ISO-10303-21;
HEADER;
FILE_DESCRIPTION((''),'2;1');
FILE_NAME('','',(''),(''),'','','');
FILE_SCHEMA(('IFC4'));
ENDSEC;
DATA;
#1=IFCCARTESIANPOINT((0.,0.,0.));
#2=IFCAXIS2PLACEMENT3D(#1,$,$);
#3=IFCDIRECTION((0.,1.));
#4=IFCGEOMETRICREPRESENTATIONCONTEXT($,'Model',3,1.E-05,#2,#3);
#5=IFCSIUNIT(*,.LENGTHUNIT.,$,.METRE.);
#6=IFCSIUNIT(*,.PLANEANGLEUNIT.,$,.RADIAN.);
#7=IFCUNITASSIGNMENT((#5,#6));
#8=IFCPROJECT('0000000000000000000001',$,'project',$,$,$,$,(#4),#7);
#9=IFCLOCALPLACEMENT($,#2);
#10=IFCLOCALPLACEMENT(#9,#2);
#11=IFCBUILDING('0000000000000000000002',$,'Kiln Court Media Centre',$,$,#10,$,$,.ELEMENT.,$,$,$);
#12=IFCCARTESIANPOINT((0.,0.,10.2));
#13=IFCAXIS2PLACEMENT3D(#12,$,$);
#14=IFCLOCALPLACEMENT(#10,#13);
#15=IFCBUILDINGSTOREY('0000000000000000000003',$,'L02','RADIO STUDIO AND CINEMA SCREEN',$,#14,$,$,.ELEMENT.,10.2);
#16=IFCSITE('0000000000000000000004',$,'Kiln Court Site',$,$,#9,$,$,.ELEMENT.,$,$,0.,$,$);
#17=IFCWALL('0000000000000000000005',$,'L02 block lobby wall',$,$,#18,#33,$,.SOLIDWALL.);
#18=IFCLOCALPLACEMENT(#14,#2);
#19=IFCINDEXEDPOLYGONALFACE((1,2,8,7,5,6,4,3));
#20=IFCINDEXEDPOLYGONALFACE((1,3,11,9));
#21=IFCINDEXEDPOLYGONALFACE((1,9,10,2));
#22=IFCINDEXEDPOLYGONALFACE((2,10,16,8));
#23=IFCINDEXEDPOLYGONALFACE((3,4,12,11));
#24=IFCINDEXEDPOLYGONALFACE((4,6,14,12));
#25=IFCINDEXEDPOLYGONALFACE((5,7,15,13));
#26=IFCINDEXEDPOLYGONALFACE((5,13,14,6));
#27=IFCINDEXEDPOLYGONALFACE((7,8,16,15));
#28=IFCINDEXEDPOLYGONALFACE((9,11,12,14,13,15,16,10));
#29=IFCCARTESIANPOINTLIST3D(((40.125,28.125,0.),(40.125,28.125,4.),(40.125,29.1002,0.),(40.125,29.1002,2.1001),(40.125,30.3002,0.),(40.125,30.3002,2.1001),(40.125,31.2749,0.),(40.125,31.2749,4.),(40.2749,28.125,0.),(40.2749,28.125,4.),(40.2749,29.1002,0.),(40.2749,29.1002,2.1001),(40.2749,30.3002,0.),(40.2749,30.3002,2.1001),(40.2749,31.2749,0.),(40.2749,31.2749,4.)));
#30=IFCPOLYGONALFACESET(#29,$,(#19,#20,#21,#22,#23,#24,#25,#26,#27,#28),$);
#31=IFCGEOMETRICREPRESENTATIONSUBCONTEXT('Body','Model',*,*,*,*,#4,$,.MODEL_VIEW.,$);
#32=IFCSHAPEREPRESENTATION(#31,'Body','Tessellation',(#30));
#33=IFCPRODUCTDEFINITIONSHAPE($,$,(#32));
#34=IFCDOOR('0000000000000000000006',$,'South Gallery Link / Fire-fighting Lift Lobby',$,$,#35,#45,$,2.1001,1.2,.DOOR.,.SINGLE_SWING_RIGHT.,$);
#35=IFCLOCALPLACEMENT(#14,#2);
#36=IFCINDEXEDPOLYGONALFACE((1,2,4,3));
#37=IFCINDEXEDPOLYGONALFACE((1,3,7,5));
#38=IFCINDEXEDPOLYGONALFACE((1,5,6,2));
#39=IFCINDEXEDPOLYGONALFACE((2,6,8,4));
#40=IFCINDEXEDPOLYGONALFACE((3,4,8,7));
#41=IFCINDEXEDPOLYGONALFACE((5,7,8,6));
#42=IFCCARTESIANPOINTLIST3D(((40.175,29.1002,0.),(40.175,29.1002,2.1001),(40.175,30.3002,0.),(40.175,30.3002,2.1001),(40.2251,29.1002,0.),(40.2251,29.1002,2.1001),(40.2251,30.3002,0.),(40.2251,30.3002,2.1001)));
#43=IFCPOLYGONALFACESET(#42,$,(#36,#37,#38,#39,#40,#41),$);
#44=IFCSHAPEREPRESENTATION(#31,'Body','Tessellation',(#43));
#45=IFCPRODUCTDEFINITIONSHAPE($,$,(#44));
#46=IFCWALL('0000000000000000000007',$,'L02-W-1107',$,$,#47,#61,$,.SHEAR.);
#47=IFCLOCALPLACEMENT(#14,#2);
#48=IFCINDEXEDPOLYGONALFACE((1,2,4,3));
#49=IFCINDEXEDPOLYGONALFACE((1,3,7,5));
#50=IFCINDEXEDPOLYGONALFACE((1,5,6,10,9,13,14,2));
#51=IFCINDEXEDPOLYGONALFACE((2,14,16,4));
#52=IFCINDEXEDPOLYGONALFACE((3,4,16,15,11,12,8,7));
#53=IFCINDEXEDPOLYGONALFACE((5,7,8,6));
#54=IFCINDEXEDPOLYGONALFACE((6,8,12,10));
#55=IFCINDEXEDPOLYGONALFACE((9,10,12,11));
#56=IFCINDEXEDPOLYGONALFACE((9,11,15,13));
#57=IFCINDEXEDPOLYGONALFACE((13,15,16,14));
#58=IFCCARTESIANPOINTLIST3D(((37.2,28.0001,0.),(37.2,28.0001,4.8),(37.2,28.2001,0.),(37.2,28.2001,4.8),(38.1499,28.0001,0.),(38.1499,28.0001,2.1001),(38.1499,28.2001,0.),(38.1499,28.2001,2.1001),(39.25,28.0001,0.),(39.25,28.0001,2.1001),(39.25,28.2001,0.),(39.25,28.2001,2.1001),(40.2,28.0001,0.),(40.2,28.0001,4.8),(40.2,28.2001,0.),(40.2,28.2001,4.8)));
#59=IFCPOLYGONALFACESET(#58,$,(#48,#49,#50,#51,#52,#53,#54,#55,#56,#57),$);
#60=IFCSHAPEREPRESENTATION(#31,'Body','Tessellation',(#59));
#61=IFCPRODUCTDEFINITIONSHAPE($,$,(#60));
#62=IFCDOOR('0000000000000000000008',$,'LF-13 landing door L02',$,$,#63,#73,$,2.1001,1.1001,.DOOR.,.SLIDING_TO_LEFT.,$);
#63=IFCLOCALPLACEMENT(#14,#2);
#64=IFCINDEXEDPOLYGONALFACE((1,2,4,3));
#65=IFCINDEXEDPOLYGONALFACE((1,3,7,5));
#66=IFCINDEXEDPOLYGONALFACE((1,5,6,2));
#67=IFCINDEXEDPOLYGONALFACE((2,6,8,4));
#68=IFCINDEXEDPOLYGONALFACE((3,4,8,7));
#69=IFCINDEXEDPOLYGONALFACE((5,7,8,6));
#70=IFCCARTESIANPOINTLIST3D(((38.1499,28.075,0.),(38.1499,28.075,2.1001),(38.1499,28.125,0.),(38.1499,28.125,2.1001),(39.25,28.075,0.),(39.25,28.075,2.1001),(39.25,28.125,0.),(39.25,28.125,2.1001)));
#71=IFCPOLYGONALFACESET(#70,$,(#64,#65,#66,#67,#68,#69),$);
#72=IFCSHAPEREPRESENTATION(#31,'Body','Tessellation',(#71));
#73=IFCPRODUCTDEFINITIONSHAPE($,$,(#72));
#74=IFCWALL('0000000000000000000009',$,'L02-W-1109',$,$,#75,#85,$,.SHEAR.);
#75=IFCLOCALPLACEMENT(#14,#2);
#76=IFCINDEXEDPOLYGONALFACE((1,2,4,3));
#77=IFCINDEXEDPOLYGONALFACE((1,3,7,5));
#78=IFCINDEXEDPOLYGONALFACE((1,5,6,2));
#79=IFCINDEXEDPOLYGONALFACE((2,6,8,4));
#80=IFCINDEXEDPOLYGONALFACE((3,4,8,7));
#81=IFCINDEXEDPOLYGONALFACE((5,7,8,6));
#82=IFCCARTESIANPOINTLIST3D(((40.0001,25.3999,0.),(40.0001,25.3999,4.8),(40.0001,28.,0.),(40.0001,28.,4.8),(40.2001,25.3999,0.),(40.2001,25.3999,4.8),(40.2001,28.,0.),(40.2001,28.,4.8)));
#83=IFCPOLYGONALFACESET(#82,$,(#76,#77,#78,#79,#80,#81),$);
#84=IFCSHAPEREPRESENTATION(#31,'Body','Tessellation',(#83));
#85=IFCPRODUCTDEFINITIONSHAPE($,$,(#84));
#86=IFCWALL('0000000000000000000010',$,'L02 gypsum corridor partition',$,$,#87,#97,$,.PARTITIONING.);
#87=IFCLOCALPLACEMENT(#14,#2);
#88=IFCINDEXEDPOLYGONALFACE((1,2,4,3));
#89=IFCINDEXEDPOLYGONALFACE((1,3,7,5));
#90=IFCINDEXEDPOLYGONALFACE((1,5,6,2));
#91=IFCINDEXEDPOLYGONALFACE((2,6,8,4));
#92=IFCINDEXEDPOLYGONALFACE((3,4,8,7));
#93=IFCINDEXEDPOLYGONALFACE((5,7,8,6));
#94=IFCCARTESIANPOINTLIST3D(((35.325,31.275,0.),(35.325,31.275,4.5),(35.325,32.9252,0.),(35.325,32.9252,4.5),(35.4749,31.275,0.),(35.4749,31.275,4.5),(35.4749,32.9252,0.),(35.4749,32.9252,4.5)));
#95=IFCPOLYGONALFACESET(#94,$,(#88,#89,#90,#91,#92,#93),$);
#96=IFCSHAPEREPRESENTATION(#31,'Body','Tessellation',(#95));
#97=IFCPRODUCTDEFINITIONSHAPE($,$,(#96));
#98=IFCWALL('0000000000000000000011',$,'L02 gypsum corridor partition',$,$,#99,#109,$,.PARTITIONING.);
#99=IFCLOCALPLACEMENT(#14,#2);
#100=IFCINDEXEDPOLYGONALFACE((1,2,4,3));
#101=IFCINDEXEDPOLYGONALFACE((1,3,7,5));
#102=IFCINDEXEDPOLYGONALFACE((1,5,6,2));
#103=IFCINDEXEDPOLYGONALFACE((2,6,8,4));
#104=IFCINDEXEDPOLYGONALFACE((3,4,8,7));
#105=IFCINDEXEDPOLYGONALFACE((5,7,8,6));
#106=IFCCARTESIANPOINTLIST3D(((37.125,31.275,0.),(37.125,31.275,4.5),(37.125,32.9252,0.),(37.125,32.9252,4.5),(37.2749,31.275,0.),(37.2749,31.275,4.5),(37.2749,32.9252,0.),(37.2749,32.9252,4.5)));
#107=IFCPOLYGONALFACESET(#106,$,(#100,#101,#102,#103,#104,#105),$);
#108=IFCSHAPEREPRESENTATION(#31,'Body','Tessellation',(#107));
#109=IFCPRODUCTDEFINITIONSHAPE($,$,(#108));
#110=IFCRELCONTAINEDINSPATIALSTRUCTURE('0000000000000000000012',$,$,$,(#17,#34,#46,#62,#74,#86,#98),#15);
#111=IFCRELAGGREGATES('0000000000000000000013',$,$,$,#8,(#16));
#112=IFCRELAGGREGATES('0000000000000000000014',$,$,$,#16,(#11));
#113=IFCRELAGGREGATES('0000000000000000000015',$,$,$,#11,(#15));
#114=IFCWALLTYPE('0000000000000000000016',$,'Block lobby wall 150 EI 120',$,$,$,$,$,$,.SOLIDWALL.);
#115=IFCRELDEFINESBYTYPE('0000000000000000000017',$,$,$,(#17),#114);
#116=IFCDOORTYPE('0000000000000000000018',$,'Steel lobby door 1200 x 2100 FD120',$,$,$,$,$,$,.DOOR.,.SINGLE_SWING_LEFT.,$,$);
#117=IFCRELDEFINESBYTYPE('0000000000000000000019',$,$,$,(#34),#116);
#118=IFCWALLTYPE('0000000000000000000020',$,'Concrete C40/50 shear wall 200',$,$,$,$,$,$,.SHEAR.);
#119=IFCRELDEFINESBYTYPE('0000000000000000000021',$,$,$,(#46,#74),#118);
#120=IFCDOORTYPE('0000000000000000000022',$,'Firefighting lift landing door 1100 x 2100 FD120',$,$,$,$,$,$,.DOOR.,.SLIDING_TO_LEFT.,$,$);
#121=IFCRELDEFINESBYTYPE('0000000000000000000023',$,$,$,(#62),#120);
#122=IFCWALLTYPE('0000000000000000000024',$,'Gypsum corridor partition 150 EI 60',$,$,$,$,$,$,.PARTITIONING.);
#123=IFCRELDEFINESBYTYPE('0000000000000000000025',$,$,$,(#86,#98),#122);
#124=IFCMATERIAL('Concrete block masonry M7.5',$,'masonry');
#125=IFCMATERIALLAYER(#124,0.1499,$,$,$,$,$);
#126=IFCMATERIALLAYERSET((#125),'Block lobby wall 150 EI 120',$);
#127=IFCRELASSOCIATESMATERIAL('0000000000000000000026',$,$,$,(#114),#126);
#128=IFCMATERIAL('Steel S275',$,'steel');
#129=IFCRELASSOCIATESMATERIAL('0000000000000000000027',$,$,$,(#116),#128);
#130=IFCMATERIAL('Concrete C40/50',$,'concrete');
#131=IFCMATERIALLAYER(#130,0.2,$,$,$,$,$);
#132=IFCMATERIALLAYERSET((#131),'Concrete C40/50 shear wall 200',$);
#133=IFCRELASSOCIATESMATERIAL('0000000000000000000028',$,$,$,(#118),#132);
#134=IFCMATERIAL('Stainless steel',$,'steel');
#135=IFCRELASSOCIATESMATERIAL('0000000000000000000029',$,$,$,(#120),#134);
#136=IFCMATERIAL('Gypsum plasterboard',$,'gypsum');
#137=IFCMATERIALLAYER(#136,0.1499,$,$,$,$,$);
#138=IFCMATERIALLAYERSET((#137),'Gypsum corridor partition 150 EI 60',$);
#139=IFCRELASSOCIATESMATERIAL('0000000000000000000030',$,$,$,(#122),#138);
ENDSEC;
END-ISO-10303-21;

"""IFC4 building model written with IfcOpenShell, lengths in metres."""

from ifc_helpers import new_model, si_unit, direction, frame, frame_2d, origin, place, context, subcontext, project, spatial, rectangle, extrude, material, layer, layer_set, type_object, element, fill, save


model = new_model("IFC4")

# Units and contexts
model_context = context("Model", 3, precision=1e-05, world=origin(), true_north=direction((0.0, 1.0)))
body_context = subcontext(model_context, "Body", "Model", "MODEL_VIEW")
ifc_project = project(units=[si_unit("LENGTHUNIT", "METRE"), si_unit("PLANEANGLEUNIT", "RADIAN")], contexts=[model_context])

# Site, building, storey
site_placement = place(None, origin())
site = spatial("IfcSite", under=ifc_project, at=site_placement, Name="Kiln Court Site", CompositionType="ELEMENT", RefElevation=0.0)
building_placement = place(site_placement, origin())
building = spatial("IfcBuilding", under=site, at=building_placement, Name="Kiln Court Media Centre", CompositionType="ELEMENT")
storey_placement = place(building_placement, frame((0.0, 0.0, 10.2)))
storey = spatial("IfcBuildingStorey", under=building, at=storey_placement, Name="L02", Description="RADIO STUDIO AND CINEMA SCREEN", CompositionType="ELEMENT", Elevation=10.2)

# Shared definitions
ifc_material_1 = material(Name="Concrete block masonry M7.5", Category="masonry")
ifc_layer_1 = layer(ifc_material_1, 0.1499)
ifc_layer_set_1 = layer_set([ifc_layer_1], Name="Block lobby wall 150 EI 120")
wall_type_1 = type_object("IfcWallType", Name="Block lobby wall 150 EI 120", PredefinedType="SOLIDWALL", material=ifc_layer_set_1)
ifc_material_2 = material(Name="Steel S275", Category="steel")
door_type_1 = type_object("IfcDoorType", Name="Steel lobby door 1200 x 2100 FD120", OperationType="SINGLE_SWING_LEFT", PredefinedType="DOOR", material=ifc_material_2)

# Walls, openings, doors
wall_1_placement = place(storey_placement, frame((40.2, 28.125, 0.0), z_axis=(0.0, 0.0, 1.0), x_axis=(0.0, 1.0, 0.0)))
wall_1 = element("IfcWall", 1, at=wall_1_placement, inside=storey, type_object=wall_type_1, Name="L02 block lobby wall", PredefinedType="SOLIDWALL", context=body_context, shape_type="SweptSolid", body=[
    extrude(rectangle(XDim=3.1499, YDim=0.1499, at=frame_2d((1.575, 0.0))), origin(), (0.0, 0.0, 1.0), 4.0),
])
opening_1_placement = place(wall_1_placement, frame((0.9751, 0.0, 0.0)))
opening_1 = element("IfcOpeningElement", 2, at=opening_1_placement, cuts=wall_1, PredefinedType="OPENING", context=body_context, shape_type="SweptSolid", body=[
    extrude(rectangle(XDim=1.2, YDim=2.1001, at=frame_2d((0.6001, 1.05))), frame((0.0, 0.085, 0.0), z_axis=(0.0, -1.0, 0.0), x_axis=(1.0, 0.0, 0.0)), (0.0, 0.0, 1.0), 0.1699),
])
door_1_placement = place(opening_1_placement, origin())
door_1 = element("IfcDoor", 3, at=door_1_placement, inside=storey, type_object=door_type_1, Name="South Gallery Link / Fire-fighting Lift Lobby", OperationType="SINGLE_SWING_RIGHT", OverallHeight=2.1001, OverallWidth=1.2, PredefinedType="DOOR", context=body_context, shape_type="SweptSolid", body=[
    extrude(rectangle(XDim=1.2, YDim=2.1001, at=frame_2d((0.6001, 1.05))), frame((0.0, 0.0249, 0.0), z_axis=(0.0, -1.0, 0.0), x_axis=(1.0, 0.0, 0.0)), (0.0, 0.0, 1.0), 0.05),
])
fill(opening_1, door_1)
ifc_material_3 = material(Name="Concrete C40/50", Category="concrete")
ifc_layer_2 = layer(ifc_material_3, 0.2)
ifc_layer_set_2 = layer_set([ifc_layer_2], Name="Concrete C40/50 shear wall 200")
wall_type_2 = type_object("IfcWallType", Name="Concrete C40/50 shear wall 200", PredefinedType="SHEAR", material=ifc_layer_set_2)
wall_2_placement = place(storey_placement, frame((37.2, 28.1001, 0.0), z_axis=(0.0, 0.0, 1.0), x_axis=(1.0, 0.0, 0.0)))
wall_2 = element("IfcWall", 4, at=wall_2_placement, inside=storey, type_object=wall_type_2, Name="L02-W-1107", PredefinedType="SHEAR", context=body_context, shape_type="SweptSolid", body=[
    extrude(rectangle(XDim=3.0, YDim=0.2, at=frame_2d((1.5, 0.0))), origin(), (0.0, 0.0, 1.0), 4.8),
])
opening_2_placement = place(wall_2_placement, frame((0.95, 0.0, 0.0)))
opening_2 = element("IfcOpeningElement", 5, at=opening_2_placement, cuts=wall_2, PredefinedType="OPENING", context=body_context, shape_type="SweptSolid", body=[
    extrude(rectangle(XDim=1.1001, YDim=2.1001, at=frame_2d((0.55, 1.05))), frame((0.0, 0.1099, 0.0), z_axis=(0.0, -1.0, 0.0), x_axis=(1.0, 0.0, 0.0)), (0.0, 0.0, 1.0), 0.22),
])
ifc_material_4 = material(Name="Stainless steel", Category="steel")
door_type_2 = type_object("IfcDoorType", Name="Firefighting lift landing door 1100 x 2100 FD120", OperationType="SLIDING_TO_LEFT", PredefinedType="DOOR", material=ifc_material_4)
door_2_placement = place(opening_2_placement, origin())
door_2 = element("IfcDoor", 6, at=door_2_placement, inside=storey, type_object=door_type_2, Name="LF-13 landing door L02", OperationType="SLIDING_TO_LEFT", OverallHeight=2.1001, OverallWidth=1.1001, PredefinedType="DOOR", context=body_context, shape_type="SweptSolid", body=[
    extrude(rectangle(XDim=1.1001, YDim=2.1001, at=frame_2d((0.55, 1.05))), frame((0.0, 0.0249, 0.0), z_axis=(0.0, -1.0, 0.0), x_axis=(1.0, 0.0, 0.0)), (0.0, 0.0, 1.0), 0.05),
])
fill(opening_2, door_2)

# Walls
wall_3_placement = place(storey_placement, frame((40.1001, 28.0, 0.0), z_axis=(0.0, 0.0, 1.0), x_axis=(0.0, -1.0, 0.0)))
element("IfcWall", 7, at=wall_3_placement, inside=storey, type_object=wall_type_2, Name="L02-W-1109", PredefinedType="SHEAR", context=body_context, shape_type="SweptSolid", body=[
    extrude(rectangle(XDim=2.6001, YDim=0.2, at=frame_2d((1.3, 0.0))), origin(), (0.0, 0.0, 1.0), 4.8),
])
ifc_material_5 = material(Name="Gypsum plasterboard", Category="gypsum")
ifc_layer_3 = layer(ifc_material_5, 0.1499)
ifc_layer_set_3 = layer_set([ifc_layer_3], Name="Gypsum corridor partition 150 EI 60")
wall_type_3 = type_object("IfcWallType", Name="Gypsum corridor partition 150 EI 60", PredefinedType="PARTITIONING", material=ifc_layer_set_3)
for number, where, z_axis, x_axis, name in (
    (8, (35.3999, 31.2749, 0.0), (0.0, 0.0, 1.0), (0.0, 1.0, 0.0), "L02 gypsum corridor partition"),
    (9, (37.2, 31.2749, 0.0), (0.0, 0.0, 1.0), (0.0, 1.0, 0.0), "L02 gypsum corridor partition"),
):
    element("IfcWall", number, at=place(storey_placement, frame(where, z_axis=z_axis, x_axis=x_axis)), inside=storey, type_object=wall_type_3, Name=name, PredefinedType="PARTITIONING", context=body_context, shape_type="SweptSolid", body=[
        extrude(rectangle(XDim=1.6501, YDim=0.1499, at=frame_2d((0.8252, 0.0))), origin(), (0.0, 0.0, 1.0), 4.5),
    ])

save(model, "model.ifc")
